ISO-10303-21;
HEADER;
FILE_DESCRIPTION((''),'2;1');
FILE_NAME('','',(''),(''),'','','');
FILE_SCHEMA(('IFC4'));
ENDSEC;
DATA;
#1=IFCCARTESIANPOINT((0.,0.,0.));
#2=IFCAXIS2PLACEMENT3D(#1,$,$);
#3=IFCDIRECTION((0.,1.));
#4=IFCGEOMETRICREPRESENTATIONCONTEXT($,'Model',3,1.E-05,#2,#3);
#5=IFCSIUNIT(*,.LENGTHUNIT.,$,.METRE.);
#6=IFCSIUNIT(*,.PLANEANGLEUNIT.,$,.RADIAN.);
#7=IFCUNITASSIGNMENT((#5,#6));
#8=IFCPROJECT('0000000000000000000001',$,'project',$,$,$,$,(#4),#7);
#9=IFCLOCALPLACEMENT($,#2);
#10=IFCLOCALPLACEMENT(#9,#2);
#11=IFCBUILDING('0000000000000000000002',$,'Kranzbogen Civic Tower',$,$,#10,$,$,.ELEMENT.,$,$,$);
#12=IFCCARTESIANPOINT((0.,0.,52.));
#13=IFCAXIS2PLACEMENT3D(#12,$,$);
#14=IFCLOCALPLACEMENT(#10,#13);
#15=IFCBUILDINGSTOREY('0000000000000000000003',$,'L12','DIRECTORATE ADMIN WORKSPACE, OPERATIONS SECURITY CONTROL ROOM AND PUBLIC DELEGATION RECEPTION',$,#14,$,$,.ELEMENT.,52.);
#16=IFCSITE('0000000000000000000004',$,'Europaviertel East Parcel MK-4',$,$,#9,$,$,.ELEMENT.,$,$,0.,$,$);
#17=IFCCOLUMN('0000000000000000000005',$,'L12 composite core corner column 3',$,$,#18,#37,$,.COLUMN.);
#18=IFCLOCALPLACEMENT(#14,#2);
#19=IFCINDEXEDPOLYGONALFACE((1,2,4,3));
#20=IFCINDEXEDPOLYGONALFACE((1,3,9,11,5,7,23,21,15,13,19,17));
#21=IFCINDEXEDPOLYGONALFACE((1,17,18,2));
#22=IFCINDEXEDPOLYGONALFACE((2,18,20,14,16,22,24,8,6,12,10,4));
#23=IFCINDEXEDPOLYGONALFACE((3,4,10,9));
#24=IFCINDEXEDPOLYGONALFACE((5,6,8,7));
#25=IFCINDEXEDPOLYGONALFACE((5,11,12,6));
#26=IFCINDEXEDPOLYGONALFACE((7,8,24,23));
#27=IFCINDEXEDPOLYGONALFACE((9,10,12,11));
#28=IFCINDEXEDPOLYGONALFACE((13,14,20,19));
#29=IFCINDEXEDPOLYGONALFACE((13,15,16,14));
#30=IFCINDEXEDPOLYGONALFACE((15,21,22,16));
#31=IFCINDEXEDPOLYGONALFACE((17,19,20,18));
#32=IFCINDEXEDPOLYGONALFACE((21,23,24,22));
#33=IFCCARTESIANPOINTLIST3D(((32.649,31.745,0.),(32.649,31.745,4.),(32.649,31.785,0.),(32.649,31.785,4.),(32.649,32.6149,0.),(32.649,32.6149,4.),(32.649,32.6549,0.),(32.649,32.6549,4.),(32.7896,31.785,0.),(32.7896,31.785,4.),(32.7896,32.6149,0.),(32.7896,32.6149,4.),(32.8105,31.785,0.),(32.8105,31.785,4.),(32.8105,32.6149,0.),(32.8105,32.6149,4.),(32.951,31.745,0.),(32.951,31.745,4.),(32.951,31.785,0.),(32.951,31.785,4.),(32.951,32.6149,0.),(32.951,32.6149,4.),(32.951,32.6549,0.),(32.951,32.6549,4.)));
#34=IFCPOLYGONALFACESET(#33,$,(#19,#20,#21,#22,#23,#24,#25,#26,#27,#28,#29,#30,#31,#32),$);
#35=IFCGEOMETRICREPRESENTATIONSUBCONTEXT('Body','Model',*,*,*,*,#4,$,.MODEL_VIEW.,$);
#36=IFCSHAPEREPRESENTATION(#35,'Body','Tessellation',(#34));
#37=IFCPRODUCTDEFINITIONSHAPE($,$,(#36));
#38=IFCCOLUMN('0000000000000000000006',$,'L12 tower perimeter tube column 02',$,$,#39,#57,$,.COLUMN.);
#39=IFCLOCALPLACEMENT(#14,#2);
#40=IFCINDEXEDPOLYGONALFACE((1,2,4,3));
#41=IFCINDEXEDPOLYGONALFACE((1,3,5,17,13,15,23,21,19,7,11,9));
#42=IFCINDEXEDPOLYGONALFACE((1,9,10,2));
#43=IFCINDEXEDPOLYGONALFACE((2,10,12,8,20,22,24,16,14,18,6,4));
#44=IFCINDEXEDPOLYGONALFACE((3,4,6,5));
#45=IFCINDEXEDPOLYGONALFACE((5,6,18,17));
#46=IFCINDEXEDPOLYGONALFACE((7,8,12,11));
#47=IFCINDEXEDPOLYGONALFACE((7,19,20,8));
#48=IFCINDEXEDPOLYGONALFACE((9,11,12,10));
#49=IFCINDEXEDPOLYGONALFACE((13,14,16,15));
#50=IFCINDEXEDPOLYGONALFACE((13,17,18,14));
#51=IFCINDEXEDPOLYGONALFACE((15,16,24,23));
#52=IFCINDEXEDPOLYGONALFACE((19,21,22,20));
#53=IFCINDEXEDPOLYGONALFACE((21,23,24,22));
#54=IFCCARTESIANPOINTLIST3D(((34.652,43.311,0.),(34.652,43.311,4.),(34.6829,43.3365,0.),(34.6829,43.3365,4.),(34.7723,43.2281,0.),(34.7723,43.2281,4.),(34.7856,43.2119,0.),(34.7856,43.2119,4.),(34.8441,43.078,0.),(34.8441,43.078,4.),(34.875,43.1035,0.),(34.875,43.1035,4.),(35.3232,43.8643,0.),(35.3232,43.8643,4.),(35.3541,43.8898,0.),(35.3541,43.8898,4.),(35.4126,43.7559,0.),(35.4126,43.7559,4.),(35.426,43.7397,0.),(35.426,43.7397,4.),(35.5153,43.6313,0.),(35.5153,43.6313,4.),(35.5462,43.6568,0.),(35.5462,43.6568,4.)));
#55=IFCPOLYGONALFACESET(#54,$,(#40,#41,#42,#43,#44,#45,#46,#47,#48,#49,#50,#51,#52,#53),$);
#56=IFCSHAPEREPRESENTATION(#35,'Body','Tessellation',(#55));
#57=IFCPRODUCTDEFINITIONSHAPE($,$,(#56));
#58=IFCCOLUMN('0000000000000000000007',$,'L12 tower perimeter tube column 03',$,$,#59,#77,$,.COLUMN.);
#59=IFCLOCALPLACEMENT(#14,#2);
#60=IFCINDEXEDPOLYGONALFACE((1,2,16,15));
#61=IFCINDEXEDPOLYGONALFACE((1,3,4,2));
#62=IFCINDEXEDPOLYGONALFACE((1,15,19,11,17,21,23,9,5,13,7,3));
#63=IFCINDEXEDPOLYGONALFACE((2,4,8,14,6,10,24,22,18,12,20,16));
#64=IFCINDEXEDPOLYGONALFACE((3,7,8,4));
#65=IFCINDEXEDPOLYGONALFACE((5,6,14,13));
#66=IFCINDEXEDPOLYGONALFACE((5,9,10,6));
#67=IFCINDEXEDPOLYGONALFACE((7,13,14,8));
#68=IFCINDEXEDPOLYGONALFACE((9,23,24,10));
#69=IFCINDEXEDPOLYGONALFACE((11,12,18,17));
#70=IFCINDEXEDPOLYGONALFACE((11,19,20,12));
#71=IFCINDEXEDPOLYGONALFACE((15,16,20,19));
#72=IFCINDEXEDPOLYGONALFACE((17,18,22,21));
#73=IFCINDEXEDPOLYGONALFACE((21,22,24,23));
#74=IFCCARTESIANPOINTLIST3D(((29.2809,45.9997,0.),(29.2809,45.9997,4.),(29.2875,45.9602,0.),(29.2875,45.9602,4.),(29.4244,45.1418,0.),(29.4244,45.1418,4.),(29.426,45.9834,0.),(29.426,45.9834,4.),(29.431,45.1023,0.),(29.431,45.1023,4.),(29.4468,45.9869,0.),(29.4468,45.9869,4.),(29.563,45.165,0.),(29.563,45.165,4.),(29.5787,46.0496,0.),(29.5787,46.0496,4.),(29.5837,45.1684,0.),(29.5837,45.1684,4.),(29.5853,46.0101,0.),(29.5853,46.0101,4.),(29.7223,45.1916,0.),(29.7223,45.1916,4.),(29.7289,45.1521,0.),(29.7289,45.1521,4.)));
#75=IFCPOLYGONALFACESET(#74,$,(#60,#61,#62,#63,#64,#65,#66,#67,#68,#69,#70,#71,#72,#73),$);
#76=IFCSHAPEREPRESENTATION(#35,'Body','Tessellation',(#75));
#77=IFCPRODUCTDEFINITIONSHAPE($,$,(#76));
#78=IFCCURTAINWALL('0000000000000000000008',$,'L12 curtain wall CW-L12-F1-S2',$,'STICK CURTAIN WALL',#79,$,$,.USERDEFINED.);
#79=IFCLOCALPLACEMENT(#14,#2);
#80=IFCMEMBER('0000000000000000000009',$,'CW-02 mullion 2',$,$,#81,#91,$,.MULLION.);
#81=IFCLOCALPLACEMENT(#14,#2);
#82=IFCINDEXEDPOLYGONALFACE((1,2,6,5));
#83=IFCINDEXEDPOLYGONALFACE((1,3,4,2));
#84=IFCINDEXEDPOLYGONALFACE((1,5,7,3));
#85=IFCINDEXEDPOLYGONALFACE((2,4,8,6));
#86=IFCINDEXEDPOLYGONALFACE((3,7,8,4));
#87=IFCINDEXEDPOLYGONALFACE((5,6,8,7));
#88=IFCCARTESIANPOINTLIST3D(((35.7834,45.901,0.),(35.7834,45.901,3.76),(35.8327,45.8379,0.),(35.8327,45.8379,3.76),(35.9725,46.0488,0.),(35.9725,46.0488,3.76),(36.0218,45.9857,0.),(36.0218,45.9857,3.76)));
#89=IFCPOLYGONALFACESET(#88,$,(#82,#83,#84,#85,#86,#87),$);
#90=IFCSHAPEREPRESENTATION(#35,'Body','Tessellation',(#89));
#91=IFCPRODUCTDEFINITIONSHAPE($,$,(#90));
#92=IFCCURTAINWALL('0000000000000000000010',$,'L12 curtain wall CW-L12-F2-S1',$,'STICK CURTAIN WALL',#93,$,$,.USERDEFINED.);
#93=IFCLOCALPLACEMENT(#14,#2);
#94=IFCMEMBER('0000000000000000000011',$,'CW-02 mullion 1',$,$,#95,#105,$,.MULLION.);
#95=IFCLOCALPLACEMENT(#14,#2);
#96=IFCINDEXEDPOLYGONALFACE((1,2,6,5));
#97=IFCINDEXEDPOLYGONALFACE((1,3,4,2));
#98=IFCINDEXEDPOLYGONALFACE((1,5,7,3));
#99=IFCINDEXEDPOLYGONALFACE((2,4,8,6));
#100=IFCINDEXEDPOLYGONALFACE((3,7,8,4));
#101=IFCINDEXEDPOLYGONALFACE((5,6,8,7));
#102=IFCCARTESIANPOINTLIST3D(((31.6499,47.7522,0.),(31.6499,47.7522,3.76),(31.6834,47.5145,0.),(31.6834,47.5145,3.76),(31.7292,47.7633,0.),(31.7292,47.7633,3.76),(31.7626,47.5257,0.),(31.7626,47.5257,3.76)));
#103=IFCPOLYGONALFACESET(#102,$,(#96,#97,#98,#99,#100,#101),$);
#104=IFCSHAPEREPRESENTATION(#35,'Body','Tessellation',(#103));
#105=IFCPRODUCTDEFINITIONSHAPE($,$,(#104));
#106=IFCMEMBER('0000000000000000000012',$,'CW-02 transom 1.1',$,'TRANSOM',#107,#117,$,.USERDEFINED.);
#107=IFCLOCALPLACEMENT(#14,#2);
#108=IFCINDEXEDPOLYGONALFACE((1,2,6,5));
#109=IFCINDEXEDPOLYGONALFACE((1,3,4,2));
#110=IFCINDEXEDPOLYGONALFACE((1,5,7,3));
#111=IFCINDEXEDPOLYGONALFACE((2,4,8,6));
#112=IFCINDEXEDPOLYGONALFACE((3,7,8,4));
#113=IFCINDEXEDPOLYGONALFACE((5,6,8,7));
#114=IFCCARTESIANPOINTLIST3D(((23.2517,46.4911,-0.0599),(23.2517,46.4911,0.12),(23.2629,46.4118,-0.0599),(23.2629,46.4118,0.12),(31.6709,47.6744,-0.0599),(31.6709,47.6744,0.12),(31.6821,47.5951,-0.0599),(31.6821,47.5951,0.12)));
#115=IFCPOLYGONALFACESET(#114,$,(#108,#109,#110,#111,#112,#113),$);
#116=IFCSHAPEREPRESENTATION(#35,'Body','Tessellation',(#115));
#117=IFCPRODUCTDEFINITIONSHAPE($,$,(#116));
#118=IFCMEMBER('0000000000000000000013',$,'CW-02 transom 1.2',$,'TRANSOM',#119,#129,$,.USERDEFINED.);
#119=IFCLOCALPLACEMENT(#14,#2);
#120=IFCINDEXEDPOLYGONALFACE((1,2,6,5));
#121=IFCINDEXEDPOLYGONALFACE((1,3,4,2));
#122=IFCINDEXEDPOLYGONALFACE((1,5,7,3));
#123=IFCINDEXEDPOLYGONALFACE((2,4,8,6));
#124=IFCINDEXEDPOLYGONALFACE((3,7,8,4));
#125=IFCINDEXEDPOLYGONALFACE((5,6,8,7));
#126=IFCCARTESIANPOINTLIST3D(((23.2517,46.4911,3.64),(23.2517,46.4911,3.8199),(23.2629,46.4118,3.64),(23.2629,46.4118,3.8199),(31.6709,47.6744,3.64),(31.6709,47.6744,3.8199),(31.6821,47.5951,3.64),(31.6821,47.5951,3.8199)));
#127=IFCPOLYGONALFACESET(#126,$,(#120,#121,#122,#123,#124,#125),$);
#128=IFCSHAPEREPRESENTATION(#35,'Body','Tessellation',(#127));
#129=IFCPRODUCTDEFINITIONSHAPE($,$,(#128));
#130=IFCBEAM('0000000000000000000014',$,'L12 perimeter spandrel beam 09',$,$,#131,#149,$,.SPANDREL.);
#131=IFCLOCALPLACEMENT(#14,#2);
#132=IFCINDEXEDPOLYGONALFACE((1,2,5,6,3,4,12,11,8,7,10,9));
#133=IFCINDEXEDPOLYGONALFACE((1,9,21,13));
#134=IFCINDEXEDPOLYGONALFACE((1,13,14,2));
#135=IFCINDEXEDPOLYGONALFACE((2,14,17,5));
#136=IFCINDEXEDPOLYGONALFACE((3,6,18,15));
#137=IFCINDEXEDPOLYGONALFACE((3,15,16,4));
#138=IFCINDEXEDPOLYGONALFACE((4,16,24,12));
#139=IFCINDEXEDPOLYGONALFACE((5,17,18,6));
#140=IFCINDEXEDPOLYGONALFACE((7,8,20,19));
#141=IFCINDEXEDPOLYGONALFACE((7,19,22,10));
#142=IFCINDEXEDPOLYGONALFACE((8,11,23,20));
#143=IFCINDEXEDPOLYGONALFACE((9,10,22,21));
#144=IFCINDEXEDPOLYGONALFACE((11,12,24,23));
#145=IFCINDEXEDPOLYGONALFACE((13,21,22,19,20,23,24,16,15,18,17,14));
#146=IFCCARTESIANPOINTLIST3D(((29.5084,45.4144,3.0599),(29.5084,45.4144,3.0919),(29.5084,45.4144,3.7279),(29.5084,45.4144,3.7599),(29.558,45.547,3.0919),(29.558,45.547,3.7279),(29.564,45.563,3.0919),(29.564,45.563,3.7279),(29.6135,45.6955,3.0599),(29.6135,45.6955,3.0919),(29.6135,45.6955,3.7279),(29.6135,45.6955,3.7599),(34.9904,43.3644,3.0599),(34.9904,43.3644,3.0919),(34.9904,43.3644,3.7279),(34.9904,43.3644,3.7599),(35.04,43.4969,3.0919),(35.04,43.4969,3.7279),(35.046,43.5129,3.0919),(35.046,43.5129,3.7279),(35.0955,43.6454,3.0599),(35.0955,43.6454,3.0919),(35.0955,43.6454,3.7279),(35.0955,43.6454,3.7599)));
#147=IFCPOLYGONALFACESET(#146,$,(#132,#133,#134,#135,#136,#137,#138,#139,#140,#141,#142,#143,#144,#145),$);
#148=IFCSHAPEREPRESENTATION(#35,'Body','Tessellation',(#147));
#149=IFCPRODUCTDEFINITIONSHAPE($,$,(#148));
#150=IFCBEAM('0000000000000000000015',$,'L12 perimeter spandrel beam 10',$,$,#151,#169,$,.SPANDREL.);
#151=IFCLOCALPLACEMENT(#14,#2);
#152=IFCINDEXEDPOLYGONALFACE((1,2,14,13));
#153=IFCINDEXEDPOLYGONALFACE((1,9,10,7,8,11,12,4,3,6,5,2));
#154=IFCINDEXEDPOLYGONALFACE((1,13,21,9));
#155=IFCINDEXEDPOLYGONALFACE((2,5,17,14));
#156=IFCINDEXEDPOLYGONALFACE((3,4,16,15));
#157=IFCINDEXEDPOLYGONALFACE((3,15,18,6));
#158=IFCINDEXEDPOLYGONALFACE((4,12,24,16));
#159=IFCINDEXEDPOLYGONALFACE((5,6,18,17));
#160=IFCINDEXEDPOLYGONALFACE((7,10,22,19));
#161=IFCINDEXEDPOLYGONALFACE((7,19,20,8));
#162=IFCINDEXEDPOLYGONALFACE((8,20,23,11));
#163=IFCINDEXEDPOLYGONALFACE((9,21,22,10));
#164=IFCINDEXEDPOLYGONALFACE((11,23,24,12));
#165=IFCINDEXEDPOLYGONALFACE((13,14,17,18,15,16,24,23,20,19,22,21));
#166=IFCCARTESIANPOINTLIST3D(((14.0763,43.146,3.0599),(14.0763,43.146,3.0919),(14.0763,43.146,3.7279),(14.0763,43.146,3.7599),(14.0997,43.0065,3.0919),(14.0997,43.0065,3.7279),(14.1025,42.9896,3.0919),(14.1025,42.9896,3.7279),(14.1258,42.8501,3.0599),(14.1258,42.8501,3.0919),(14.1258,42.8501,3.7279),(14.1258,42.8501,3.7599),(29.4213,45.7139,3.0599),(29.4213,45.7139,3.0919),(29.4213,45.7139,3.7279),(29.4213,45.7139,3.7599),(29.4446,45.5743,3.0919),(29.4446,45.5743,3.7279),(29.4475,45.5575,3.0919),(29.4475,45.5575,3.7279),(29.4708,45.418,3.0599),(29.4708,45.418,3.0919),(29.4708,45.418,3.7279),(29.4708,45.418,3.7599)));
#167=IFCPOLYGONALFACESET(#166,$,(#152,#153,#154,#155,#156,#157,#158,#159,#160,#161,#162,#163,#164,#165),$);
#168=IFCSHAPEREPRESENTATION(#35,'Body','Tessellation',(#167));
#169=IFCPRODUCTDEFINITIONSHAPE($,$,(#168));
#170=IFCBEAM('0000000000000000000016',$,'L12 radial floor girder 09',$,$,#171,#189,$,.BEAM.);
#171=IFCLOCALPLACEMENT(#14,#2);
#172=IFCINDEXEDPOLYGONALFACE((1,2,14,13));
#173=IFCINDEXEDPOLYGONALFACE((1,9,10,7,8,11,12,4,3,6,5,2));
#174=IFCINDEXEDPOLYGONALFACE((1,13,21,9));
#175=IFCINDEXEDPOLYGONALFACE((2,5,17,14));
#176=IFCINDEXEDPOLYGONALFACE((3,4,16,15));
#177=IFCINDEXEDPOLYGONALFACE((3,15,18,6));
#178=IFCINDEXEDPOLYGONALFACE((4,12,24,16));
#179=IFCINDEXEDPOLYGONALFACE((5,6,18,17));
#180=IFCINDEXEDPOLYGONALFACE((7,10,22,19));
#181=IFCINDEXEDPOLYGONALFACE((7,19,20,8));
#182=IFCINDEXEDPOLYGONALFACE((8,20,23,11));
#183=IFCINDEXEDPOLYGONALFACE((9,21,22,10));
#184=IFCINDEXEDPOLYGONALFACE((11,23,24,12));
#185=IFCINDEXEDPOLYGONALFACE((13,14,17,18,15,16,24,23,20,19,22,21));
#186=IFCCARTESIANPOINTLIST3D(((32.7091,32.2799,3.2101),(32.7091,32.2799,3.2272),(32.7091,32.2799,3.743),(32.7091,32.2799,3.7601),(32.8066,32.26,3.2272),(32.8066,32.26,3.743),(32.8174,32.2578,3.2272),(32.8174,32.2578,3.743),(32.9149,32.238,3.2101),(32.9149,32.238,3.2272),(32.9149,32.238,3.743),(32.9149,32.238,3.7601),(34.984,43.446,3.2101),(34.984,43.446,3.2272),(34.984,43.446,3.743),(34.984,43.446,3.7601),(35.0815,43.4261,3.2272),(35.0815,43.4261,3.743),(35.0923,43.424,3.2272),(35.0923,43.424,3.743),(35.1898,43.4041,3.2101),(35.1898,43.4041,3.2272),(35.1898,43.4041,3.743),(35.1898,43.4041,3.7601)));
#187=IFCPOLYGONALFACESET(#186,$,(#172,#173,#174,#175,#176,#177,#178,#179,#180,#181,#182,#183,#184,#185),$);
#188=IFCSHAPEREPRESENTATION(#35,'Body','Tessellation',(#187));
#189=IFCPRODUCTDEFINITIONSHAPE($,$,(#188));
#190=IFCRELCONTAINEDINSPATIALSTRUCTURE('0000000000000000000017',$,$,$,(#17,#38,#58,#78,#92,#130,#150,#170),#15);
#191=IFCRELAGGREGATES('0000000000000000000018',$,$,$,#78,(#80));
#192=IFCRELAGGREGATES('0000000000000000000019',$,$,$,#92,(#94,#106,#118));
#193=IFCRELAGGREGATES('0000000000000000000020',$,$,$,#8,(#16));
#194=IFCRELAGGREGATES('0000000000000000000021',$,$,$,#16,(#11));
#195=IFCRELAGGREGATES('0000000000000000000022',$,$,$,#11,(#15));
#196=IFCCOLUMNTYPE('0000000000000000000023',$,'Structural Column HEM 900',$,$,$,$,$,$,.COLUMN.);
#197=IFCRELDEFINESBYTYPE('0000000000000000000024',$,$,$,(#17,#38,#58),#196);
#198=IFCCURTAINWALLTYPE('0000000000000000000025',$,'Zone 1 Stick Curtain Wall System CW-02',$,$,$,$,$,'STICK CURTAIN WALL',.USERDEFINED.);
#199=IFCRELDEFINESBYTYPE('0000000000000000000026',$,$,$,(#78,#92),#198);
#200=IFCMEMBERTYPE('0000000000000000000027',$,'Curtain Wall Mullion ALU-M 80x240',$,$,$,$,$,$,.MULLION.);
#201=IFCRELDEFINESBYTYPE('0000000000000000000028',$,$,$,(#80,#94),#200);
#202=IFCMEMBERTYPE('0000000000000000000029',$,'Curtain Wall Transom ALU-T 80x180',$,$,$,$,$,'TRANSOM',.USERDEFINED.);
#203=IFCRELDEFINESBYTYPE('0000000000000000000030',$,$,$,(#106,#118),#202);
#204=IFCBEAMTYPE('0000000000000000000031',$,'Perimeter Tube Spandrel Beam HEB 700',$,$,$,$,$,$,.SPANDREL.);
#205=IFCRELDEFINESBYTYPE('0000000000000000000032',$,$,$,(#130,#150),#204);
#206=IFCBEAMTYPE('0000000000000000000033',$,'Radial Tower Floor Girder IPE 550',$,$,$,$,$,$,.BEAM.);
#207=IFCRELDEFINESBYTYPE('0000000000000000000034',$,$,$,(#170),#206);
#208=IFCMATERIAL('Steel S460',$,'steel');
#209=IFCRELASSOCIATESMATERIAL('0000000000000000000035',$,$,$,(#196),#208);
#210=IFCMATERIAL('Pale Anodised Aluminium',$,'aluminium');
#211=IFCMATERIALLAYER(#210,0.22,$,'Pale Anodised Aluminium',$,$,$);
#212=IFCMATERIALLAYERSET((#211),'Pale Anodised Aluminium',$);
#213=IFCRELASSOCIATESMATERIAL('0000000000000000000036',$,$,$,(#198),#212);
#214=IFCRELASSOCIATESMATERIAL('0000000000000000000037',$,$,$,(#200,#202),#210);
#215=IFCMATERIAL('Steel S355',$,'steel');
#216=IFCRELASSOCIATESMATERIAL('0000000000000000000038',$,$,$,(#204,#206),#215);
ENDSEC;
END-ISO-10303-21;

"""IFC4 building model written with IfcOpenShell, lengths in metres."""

from ifc_helpers import new_model, si_unit, direction, frame, origin, origin_2d, place, context, subcontext, project, spatial, rectangle, i_section, extrude, material, layer, layer_set, material_profile, profile_set, type_object, element, aggregate, save


model = new_model("IFC4")

# Units and contexts
model_context = context("Model", 3, precision=1e-05, world=origin(), true_north=direction((0.0, 1.0)))
body_context = subcontext(model_context, "Body", "Model", "MODEL_VIEW")
ifc_project = project(units=[si_unit("LENGTHUNIT", "METRE"), si_unit("PLANEANGLEUNIT", "RADIAN")], contexts=[model_context])

# Site, building, storey
site_placement = place(None, origin())
site = spatial("IfcSite", under=ifc_project, at=site_placement, Name="Europaviertel East Parcel MK-4", CompositionType="ELEMENT", RefElevation=0.0)
building_placement = place(site_placement, origin())
building = spatial("IfcBuilding", under=site, at=building_placement, Name="Kranzbogen Civic Tower", CompositionType="ELEMENT")
storey_placement = place(building_placement, frame((0.0, 0.0, 52.0)))
storey = spatial("IfcBuildingStorey", under=building, at=storey_placement, Name="L12", Description="DIRECTORATE ADMIN WORKSPACE, OPERATIONS SECURITY CONTROL ROOM AND PUBLIC DELEGATION RECEPTION", CompositionType="ELEMENT", Elevation=52.0)

# Columns
ifc_material_1 = material(Name="Steel S460", Category="steel")
ifc_material_profile_1 = material_profile(ifc_material_1, i_section(OverallWidth=0.302, OverallDepth=0.9099, WebThickness=0.021, FlangeThickness=0.04, at=origin_2d()), Name="HEM 900")
ifc_profile_set_1 = profile_set([ifc_material_profile_1], Name="Steel S460")
column_type = type_object("IfcColumnType", Name="Structural Column HEM 900", PredefinedType="COLUMN", material=ifc_profile_set_1)
for number, where, z_axis, x_axis, name in (
    (1, (32.8, 32.2, 0.0), (0.0, 0.0, 1.0), (1.0, 0.0, 0.0), "L12 composite core corner column 3"),
    (2, (35.0991, 43.4839, 0.0), (0.0, 0.0, 1.0), (-0.636078, 0.771625, 0.0), "L12 tower perimeter tube column 02"),
    (3, (29.5049, 45.5759, 0.0), (0.0, 0.0, 1.0), (0.986286, 0.165048, 0.0), "L12 tower perimeter tube column 03"),
):
    element("IfcColumn", number, at=place(storey_placement, frame(where, z_axis=z_axis, x_axis=x_axis)), inside=storey, type_object=column_type, Name=name, PredefinedType="COLUMN", context=body_context, shape_type="SweptSolid", body=[
        extrude(i_section(OverallWidth=0.302, OverallDepth=0.9099, WebThickness=0.021, FlangeThickness=0.04, at=origin_2d()), origin(), (0.0, 0.0, 1.0), 4.0),
    ])

# Curtain wall, member
ifc_material_2 = material(Name="Pale Anodised Aluminium", Category="aluminium")
ifc_layer_1 = layer(ifc_material_2, 0.22, Name="Pale Anodised Aluminium")
ifc_layer_set_1 = layer_set([ifc_layer_1], Name="Pale Anodised Aluminium")
curtain_wall_type = type_object("IfcCurtainWallType", Name="Zone 1 Stick Curtain Wall System CW-02", ElementType="STICK CURTAIN WALL", PredefinedType="USERDEFINED", material=ifc_layer_set_1)
curtain_wall_1_placement = place(storey_placement, origin())
curtain_wall_1 = element("IfcCurtainWall", 4, at=curtain_wall_1_placement, inside=storey, type_object=curtain_wall_type, Name="L12 curtain wall CW-L12-F1-S2", ObjectType="STICK CURTAIN WALL", PredefinedType="USERDEFINED")
ifc_material_profile_2 = material_profile(ifc_material_2, rectangle(XDim=0.0801, YDim=0.24, at=origin_2d()), Name="ALU-M 80x240")
ifc_profile_set_2 = profile_set([ifc_material_profile_2], Name="Pale Anodised Aluminium")
member_type_1 = type_object("IfcMemberType", Name="Curtain Wall Mullion ALU-M 80x240", PredefinedType="MULLION", material=ifc_profile_set_2)
member_1_placement = place(storey_placement, frame((35.9026, 45.9434, 0.0), z_axis=(0.0, 0.0, 1.0), x_axis=(-0.615658, 0.788014, 0.0)))
member_1 = element("IfcMember", 5, at=member_1_placement, type_object=member_type_1, Name="CW-02 mullion 2", PredefinedType="MULLION", context=body_context, shape_type="SweptSolid", body=[
    extrude(rectangle(XDim=0.0801, YDim=0.24, at=origin_2d()), origin(), (0.0, 0.0, 1.0), 3.76),
])
aggregate(curtain_wall_1, [member_1])

# Curtain wall, members
curtain_wall_2_placement = place(storey_placement, origin())
curtain_wall_2 = element("IfcCurtainWall", 6, at=curtain_wall_2_placement, inside=storey, type_object=curtain_wall_type, Name="L12 curtain wall CW-L12-F2-S1", ObjectType="STICK CURTAIN WALL", PredefinedType="USERDEFINED")
member_2_placement = place(storey_placement, frame((31.7063, 47.6389, 0.0), z_axis=(0.0, 0.0, 1.0), x_axis=(-0.990267, -0.13918, 0.0)))
member_2 = element("IfcMember", 7, at=member_2_placement, type_object=member_type_1, Name="CW-02 mullion 1", PredefinedType="MULLION", context=body_context, shape_type="SweptSolid", body=[
    extrude(rectangle(XDim=0.0801, YDim=0.24, at=origin_2d()), origin(), (0.0, 0.0, 1.0), 3.76),
])
ifc_material_profile_3 = material_profile(ifc_material_2, rectangle(XDim=0.0801, YDim=0.1799, at=origin_2d()), Name="ALU-T 80x180")
ifc_profile_set_3 = profile_set([ifc_material_profile_3], Name="Pale Anodised Aluminium")
member_type_2 = type_object("IfcMemberType", Name="Curtain Wall Transom ALU-T 80x180", ElementType="TRANSOM", PredefinedType="USERDEFINED", material=ifc_profile_set_3)
member_3_placement = place(storey_placement, frame((31.6765, 47.6348, 0.03), z_axis=(-0.990266, -0.139186, 0.0), x_axis=(0.139186, -0.990266, 0.0)))
member_3 = element("IfcMember", 8, at=member_3_placement, type_object=member_type_2, Name="CW-02 transom 1.1", ObjectType="TRANSOM", PredefinedType="USERDEFINED", context=body_context, shape_type="SweptSolid", body=[
    extrude(rectangle(XDim=0.0801, YDim=0.1799, at=origin_2d()), origin(), (0.0, 0.0, 1.0), 8.502),
])
member_4_placement = place(storey_placement, frame((31.6765, 47.6348, 3.73), z_axis=(-0.990266, -0.139186, 0.0), x_axis=(0.139186, -0.990266, 0.0)))
member_4 = element("IfcMember", 9, at=member_4_placement, type_object=member_type_2, Name="CW-02 transom 1.2", ObjectType="TRANSOM", PredefinedType="USERDEFINED", context=body_context, shape_type="SweptSolid", body=[
    extrude(rectangle(XDim=0.0801, YDim=0.1799, at=origin_2d()), origin(), (0.0, 0.0, 1.0), 8.502),
])

# Beams
ifc_material_3 = material(Name="Steel S355", Category="steel")
ifc_material_profile_4 = material_profile(ifc_material_3, i_section(OverallWidth=0.3, OverallDepth=0.7, WebThickness=0.0171, FlangeThickness=0.032, at=origin_2d()), Name="HEB 700")
ifc_profile_set_4 = profile_set([ifc_material_profile_4], Name="Steel S355")
beam_type_1 = type_object("IfcBeamType", Name="Perimeter Tube Spandrel Beam HEB 700", PredefinedType="SPANDREL", material=ifc_profile_set_4)
beam_1_placement = place(storey_placement, frame((35.043, 43.5049, 3.4099), z_axis=(-0.936648, 0.350273, 0.0), x_axis=(-0.350273, -0.936648, 0.0)))
element("IfcBeam", 10, at=beam_1_placement, inside=storey, type_object=beam_type_1, Name="L12 perimeter spandrel beam 09", PredefinedType="SPANDREL", context=body_context, shape_type="SweptSolid", body=[
    extrude(i_section(OverallWidth=0.3, OverallDepth=0.7, WebThickness=0.0171, FlangeThickness=0.032, at=origin_2d()), origin(), (0.0, 0.0, 1.0), 5.8528),
])
beam_2_placement = place(storey_placement, frame((29.446, 45.5659, 3.4099), z_axis=(-0.986286, -0.165048, 0.0), x_axis=(0.165048, -0.986286, 0.0)))
element("IfcBeam", 11, at=beam_2_placement, inside=storey, type_object=beam_type_1, Name="L12 perimeter spandrel beam 10", PredefinedType="SPANDREL", context=body_context, shape_type="SweptSolid", body=[
    extrude(i_section(OverallWidth=0.3, OverallDepth=0.7, WebThickness=0.0171, FlangeThickness=0.032, at=origin_2d()), origin(), (0.0, 0.0, 1.0), 15.5583),
])
ifc_material_profile_5 = material_profile(ifc_material_3, i_section(OverallWidth=0.21, OverallDepth=0.55, WebThickness=0.011, FlangeThickness=0.0171, at=origin_2d()), Name="IPE 550")
ifc_profile_set_5 = profile_set([ifc_material_profile_5], Name="Steel S355")
beam_type_2 = type_object("IfcBeamType", Name="Radial Tower Floor Girder IPE 550", PredefinedType="BEAM", material=ifc_profile_set_5)
beam_3_placement = place(storey_placement, frame((35.0869, 43.425, 3.4851), z_axis=(-0.199633, -0.979871, 0.0), x_axis=(0.979871, -0.199633, 0.0)))
element("IfcBeam", 12, at=beam_3_placement, inside=storey, type_object=beam_type_2, Name="L12 radial floor girder 09", PredefinedType="BEAM", context=body_context, shape_type="SweptSolid", body=[
    extrude(i_section(OverallWidth=0.21, OverallDepth=0.55, WebThickness=0.011, FlangeThickness=0.0171, at=origin_2d()), origin(), (0.0, 0.0, 1.0), 11.3955),
])

aggregate(curtain_wall_2, [member_2, member_3, member_4])

save(model, "model.ifc")
